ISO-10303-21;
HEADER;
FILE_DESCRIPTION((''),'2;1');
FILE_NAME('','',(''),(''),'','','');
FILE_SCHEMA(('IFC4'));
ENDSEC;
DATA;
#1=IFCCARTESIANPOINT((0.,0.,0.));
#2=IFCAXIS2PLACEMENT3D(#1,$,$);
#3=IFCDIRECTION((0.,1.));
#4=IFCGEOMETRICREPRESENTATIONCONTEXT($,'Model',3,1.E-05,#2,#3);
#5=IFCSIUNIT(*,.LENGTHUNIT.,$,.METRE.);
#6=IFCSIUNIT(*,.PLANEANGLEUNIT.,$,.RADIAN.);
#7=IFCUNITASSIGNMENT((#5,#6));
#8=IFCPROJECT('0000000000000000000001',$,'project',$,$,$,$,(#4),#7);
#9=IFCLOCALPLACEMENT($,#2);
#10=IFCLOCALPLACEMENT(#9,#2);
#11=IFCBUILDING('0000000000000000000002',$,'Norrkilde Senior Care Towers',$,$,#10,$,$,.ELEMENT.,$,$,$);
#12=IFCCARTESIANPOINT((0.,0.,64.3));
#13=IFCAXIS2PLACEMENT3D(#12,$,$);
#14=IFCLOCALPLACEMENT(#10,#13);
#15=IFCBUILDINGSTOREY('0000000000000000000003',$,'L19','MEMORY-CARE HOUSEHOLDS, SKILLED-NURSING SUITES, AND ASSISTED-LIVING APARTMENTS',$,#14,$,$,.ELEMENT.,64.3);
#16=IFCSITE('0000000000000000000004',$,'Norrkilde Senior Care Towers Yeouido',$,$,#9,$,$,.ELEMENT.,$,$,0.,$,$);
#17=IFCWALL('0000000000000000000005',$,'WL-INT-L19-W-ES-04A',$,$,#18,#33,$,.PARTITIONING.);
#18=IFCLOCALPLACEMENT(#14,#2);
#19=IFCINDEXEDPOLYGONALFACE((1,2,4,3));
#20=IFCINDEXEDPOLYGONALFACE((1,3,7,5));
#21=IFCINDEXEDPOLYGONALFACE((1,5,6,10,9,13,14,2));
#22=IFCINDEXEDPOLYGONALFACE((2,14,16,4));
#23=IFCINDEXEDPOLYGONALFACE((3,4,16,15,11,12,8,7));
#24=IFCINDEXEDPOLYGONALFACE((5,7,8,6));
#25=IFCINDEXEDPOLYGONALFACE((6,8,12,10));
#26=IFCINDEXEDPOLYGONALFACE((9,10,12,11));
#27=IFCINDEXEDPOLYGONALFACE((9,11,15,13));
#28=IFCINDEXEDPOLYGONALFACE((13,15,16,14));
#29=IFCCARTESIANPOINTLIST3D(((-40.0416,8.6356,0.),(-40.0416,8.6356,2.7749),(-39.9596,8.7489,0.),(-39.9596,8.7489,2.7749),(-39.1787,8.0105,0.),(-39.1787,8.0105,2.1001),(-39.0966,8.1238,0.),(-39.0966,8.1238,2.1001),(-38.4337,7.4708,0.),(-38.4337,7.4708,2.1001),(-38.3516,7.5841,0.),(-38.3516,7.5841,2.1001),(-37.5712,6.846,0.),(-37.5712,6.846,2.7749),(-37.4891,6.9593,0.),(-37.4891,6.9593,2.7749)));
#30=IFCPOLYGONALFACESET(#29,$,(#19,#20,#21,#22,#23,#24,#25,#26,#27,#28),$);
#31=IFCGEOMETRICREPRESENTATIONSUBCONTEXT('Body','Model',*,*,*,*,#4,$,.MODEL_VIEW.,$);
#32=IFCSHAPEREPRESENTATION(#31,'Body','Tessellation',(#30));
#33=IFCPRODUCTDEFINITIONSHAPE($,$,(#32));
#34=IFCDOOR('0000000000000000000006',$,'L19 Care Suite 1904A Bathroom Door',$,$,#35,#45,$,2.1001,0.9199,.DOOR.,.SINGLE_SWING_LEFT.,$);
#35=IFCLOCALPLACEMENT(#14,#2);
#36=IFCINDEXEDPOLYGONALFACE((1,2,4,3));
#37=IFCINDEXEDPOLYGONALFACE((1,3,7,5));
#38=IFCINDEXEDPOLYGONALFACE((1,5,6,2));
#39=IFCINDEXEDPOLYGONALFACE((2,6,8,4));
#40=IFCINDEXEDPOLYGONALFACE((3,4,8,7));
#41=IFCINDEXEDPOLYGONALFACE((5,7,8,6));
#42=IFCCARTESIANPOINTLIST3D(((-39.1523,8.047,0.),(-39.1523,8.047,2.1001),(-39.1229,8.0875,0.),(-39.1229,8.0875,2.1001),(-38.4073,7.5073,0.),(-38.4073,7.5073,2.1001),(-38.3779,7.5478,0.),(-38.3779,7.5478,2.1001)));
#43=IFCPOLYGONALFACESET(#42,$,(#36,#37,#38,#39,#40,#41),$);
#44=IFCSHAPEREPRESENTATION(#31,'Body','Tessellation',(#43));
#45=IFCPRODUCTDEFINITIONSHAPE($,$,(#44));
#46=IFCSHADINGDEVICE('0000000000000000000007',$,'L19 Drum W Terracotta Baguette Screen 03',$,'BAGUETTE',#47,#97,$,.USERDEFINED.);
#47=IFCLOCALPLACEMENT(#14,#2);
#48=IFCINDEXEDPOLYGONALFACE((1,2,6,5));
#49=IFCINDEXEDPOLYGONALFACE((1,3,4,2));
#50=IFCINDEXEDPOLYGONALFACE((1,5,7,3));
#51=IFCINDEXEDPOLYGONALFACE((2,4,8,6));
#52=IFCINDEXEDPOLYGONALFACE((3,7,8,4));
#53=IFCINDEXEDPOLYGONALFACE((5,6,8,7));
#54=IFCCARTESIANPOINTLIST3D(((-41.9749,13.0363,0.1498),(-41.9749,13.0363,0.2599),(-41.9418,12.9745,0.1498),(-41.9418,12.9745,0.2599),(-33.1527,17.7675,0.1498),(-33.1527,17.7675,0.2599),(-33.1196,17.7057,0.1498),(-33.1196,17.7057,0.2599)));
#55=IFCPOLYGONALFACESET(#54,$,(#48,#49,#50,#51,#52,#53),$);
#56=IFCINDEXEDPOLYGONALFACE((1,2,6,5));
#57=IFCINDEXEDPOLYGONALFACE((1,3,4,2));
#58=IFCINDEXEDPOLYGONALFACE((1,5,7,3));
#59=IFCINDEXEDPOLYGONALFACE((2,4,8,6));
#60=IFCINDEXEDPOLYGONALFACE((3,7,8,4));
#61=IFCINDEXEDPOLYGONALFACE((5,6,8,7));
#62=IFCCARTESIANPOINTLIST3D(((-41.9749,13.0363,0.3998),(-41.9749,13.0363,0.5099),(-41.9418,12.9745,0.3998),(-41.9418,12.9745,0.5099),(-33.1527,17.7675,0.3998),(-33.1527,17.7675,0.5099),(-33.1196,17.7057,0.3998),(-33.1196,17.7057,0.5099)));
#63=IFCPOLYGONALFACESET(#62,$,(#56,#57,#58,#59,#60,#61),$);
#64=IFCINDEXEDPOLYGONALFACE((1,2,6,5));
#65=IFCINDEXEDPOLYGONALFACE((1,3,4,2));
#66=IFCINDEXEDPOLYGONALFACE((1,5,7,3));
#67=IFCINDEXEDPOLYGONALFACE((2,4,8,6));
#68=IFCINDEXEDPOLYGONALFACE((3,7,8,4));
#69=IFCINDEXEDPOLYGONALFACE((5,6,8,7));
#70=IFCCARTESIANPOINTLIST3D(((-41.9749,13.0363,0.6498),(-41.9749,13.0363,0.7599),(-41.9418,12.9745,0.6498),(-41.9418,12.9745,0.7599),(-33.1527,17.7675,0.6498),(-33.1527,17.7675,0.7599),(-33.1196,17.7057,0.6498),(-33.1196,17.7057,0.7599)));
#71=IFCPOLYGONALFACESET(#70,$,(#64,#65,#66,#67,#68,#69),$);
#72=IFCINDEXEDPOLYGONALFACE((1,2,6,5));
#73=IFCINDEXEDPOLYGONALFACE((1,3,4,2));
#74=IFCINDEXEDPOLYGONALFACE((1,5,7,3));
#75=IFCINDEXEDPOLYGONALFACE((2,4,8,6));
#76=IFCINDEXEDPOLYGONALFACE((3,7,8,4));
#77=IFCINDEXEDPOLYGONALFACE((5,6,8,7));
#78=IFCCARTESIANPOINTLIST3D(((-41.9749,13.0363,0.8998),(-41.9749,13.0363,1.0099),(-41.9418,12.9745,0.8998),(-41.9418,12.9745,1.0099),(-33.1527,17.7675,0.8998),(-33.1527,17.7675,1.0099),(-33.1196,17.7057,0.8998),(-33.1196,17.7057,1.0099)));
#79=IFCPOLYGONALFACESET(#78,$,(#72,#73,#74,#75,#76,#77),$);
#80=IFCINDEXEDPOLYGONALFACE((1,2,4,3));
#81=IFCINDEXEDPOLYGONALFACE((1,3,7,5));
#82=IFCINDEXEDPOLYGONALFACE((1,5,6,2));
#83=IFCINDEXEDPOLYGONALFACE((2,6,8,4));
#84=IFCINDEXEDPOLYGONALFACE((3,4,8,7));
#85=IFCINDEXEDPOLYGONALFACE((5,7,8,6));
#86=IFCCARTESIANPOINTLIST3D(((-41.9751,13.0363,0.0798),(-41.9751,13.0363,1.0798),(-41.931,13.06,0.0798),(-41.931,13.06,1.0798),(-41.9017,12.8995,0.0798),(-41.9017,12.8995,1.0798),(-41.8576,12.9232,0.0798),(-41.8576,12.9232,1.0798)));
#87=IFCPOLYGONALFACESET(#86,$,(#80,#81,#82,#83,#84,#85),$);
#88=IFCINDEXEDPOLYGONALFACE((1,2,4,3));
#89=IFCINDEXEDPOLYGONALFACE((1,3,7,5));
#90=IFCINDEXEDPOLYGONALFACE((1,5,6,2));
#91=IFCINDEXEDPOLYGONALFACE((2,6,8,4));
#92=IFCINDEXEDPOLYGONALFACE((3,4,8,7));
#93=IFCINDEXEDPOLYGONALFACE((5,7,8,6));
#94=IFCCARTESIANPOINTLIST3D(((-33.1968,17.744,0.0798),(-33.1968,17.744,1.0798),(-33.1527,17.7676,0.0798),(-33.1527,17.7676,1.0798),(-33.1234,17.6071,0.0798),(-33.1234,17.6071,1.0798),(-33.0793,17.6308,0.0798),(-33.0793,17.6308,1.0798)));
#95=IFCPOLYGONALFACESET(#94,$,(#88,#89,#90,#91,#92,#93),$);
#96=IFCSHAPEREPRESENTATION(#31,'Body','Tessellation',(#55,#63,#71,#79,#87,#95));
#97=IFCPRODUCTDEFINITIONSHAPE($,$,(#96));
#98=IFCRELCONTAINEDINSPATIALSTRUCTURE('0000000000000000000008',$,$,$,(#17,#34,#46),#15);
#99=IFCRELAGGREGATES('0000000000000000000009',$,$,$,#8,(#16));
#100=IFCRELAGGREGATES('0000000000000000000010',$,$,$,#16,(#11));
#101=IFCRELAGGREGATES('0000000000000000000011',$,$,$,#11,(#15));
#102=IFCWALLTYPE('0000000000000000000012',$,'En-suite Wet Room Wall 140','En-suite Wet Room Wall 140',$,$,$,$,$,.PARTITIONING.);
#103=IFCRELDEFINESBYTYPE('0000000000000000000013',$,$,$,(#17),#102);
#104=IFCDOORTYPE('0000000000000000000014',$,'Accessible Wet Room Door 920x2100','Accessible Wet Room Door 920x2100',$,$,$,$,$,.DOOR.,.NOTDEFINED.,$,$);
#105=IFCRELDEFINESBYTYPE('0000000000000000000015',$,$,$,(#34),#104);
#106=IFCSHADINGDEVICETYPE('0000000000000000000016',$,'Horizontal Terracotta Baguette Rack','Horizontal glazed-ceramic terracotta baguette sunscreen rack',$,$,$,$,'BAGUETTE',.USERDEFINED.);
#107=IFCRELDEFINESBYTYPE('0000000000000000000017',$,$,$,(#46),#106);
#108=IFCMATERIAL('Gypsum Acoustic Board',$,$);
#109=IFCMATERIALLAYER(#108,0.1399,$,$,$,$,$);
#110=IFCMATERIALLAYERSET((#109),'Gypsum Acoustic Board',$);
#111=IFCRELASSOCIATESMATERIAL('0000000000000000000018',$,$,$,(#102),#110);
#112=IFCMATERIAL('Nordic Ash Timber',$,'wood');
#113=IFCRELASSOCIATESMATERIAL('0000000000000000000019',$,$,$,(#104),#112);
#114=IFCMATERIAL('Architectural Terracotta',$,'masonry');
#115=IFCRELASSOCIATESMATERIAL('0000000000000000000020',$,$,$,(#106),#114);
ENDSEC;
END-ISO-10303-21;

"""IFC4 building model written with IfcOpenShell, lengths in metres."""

from ifc_helpers import new_model, si_unit, direction, frame, frame_2d, origin, origin_2d, place, context, subcontext, project, spatial, rectangle, extrude, source, transform, mapped, material, layer, layer_set, type_object, type_shapes, element, fill, save


model = new_model("IFC4")

# Units and contexts
model_context = context("Model", 3, precision=1e-05, world=origin(), true_north=direction((0.0, 1.0)))
body_context = subcontext(model_context, "Body", "Model", "MODEL_VIEW")
ifc_project = project(units=[si_unit("LENGTHUNIT", "METRE"), si_unit("PLANEANGLEUNIT", "RADIAN")], contexts=[model_context])

# Site, building, storey
site_placement = place(None, origin())
site = spatial("IfcSite", under=ifc_project, at=site_placement, Name="Norrkilde Senior Care Towers Yeouido", CompositionType="ELEMENT", RefElevation=0.0)
building_placement = place(site_placement, origin())
building = spatial("IfcBuilding", under=site, at=building_placement, Name="Norrkilde Senior Care Towers", CompositionType="ELEMENT")
storey_placement = place(building_placement, frame((0.0, 0.0, 64.3)))
storey = spatial("IfcBuildingStorey", under=building, at=storey_placement, Name="L19", Description="MEMORY-CARE HOUSEHOLDS, SKILLED-NURSING SUITES, AND ASSISTED-LIVING APARTMENTS", CompositionType="ELEMENT", Elevation=64.3)

# Shared definitions
ifc_material_1 = material(Name="Gypsum Acoustic Board")
ifc_material_2 = material(Name="Nordic Ash Timber", Category="wood")

# Shared definitions
ifc_layer_1 = layer(ifc_material_1, 0.1399)
ifc_layer_set_1 = layer_set([ifc_layer_1], Name="Gypsum Acoustic Board")
wall_type_1 = type_object("IfcWallType", Name="En-suite Wet Room Wall 140", Description="En-suite Wet Room Wall 140", PredefinedType="PARTITIONING", material=ifc_layer_set_1)
door_type_1 = type_object("IfcDoorType", Name="Accessible Wet Room Door 920x2100", Description="Accessible Wet Room Door 920x2100", OperationType="NOTDEFINED", PredefinedType="DOOR", material=ifc_material_2)
shared_shape_1 = source(origin(), body_context, "Body", "SweptSolid", [
    extrude(rectangle(XDim=0.9199, YDim=2.1001, at=frame_2d((0.46, 1.05))), frame((0.0, 0.0249, 0.0), z_axis=(0.0, -1.0, 0.0), x_axis=(1.0, 0.0, 0.0)), (0.0, 0.0, 1.0), 0.05),
])
type_shapes(door_type_1, [shared_shape_1])

# Wall, opening, door
shared_shape_2 = source(origin(), body_context, "Body", "SweptSolid", [
    extrude(rectangle(XDim=3.0505, YDim=0.1399, at=frame_2d((1.5254, 0.0))), origin(), (0.0, 0.0, 1.0), 2.7749),
])
wall_1_placement = place(storey_placement, frame((-37.53, 6.9026, 0.0), z_axis=(0.0, 0.0, 1.0), x_axis=(-0.809849, 0.586638, 0.0)))
wall_1 = element("IfcWall", 1, at=wall_1_placement, inside=storey, type_object=wall_type_1, Name="WL-INT-L19-W-ES-04A", PredefinedType="PARTITIONING", context=body_context, shape_type="MappedRepresentation", body=[
    mapped(shared_shape_2, transform((0.0, 0.0, 0.0), x_axis=(1.0, 0.0, 0.0), y_axis=(0.0, 1.0, 0.0), z_axis=(0.0, 0.0, 1.0), scale=1.0)),
])
opening_1_placement = place(wall_1_placement, frame((1.0652, 0.0, 0.0)))
opening_1 = element("IfcOpeningElement", 2, at=opening_1_placement, cuts=wall_1, PredefinedType="OPENING", context=body_context, shape_type="SweptSolid", body=[
    extrude(rectangle(XDim=0.9199, YDim=2.1001, at=frame_2d((0.46, 1.05))), frame((0.0, 0.0798, 0.0), z_axis=(0.0, -1.0, 0.0), x_axis=(1.0, 0.0, 0.0)), (0.0, 0.0, 1.0), 0.1599),
])
door_1_placement = place(opening_1_placement, origin())
door_1 = element("IfcDoor", 3, at=door_1_placement, inside=storey, type_object=door_type_1, Name="L19 Care Suite 1904A Bathroom Door", OperationType="SINGLE_SWING_LEFT", OverallHeight=2.1001, OverallWidth=0.9199, PredefinedType="DOOR", context=body_context, shape_type="MappedRepresentation", body=[
    mapped(shared_shape_1, transform((0.0, 0.0, 0.0), x_axis=(1.0, 0.0, 0.0), y_axis=(0.0, 1.0, 0.0), z_axis=(0.0, 0.0, 1.0), scale=1.0)),
])
fill(opening_1, door_1)

# Shading device
ifc_material_3 = material(Name="Architectural Terracotta", Category="masonry")
shading_device_type = type_object("IfcShadingDeviceType", Name="Horizontal Terracotta Baguette Rack", Description="Horizontal glazed-ceramic terracotta baguette sunscreen rack", ElementType="BAGUETTE", PredefinedType="USERDEFINED", material=ifc_material_3)
shared_shape_3 = source(origin(), body_context, "Body", "SweptSolid", [
    extrude(rectangle(XDim=0.0701, YDim=0.1101, at=origin_2d()), frame((0.0, 0.0901, 0.125), z_axis=(1.0, 0.0, 0.0), x_axis=(0.0, 1.0, 0.0)), (0.0, 0.0, 1.0), 10.0107),
    extrude(rectangle(XDim=0.0701, YDim=0.1101, at=origin_2d()), frame((0.0, 0.0901, 0.375), z_axis=(1.0, 0.0, 0.0), x_axis=(0.0, 1.0, 0.0)), (0.0, 0.0, 1.0), 10.0107),
    extrude(rectangle(XDim=0.0701, YDim=0.1101, at=origin_2d()), frame((0.0, 0.0901, 0.625), z_axis=(1.0, 0.0, 0.0), x_axis=(0.0, 1.0, 0.0)), (0.0, 0.0, 1.0), 10.0107),
    extrude(rectangle(XDim=0.0701, YDim=0.1101, at=origin_2d()), frame((0.0, 0.0901, 0.875), z_axis=(1.0, 0.0, 0.0), x_axis=(0.0, 1.0, 0.0)), (0.0, 0.0, 1.0), 10.0107),
    extrude(rectangle(XDim=0.05, YDim=0.1553, at=origin_2d()), frame((0.0249, 0.0476, 0.0)), (0.0, 0.0, 1.0), 1.0),
    extrude(rectangle(XDim=0.05, YDim=0.1553, at=origin_2d()), frame((9.9858, 0.0476, 0.0)), (0.0, 0.0, 1.0), 1.0),
])
type_shapes(shading_device_type, [shared_shape_3])
shading_device_placement = place(storey_placement, frame((-41.9158, 12.926, 0.0798), z_axis=(0.0, 0.0, 1.0), x_axis=(0.88128, 0.472612, 0.0)))
element("IfcShadingDevice", 4, at=shading_device_placement, inside=storey, type_object=shading_device_type, Name="L19 Drum W Terracotta Baguette Screen 03", ObjectType="BAGUETTE", PredefinedType="USERDEFINED", context=body_context, shape_type="MappedRepresentation", body=[
    mapped(shared_shape_3, transform((0.0, 0.0, 0.0), x_axis=(1.0, 0.0, 0.0), y_axis=(0.0, 1.0, 0.0), z_axis=(0.0, 0.0, 1.0), scale=1.0)),
])

save(model, "model.ifc")
